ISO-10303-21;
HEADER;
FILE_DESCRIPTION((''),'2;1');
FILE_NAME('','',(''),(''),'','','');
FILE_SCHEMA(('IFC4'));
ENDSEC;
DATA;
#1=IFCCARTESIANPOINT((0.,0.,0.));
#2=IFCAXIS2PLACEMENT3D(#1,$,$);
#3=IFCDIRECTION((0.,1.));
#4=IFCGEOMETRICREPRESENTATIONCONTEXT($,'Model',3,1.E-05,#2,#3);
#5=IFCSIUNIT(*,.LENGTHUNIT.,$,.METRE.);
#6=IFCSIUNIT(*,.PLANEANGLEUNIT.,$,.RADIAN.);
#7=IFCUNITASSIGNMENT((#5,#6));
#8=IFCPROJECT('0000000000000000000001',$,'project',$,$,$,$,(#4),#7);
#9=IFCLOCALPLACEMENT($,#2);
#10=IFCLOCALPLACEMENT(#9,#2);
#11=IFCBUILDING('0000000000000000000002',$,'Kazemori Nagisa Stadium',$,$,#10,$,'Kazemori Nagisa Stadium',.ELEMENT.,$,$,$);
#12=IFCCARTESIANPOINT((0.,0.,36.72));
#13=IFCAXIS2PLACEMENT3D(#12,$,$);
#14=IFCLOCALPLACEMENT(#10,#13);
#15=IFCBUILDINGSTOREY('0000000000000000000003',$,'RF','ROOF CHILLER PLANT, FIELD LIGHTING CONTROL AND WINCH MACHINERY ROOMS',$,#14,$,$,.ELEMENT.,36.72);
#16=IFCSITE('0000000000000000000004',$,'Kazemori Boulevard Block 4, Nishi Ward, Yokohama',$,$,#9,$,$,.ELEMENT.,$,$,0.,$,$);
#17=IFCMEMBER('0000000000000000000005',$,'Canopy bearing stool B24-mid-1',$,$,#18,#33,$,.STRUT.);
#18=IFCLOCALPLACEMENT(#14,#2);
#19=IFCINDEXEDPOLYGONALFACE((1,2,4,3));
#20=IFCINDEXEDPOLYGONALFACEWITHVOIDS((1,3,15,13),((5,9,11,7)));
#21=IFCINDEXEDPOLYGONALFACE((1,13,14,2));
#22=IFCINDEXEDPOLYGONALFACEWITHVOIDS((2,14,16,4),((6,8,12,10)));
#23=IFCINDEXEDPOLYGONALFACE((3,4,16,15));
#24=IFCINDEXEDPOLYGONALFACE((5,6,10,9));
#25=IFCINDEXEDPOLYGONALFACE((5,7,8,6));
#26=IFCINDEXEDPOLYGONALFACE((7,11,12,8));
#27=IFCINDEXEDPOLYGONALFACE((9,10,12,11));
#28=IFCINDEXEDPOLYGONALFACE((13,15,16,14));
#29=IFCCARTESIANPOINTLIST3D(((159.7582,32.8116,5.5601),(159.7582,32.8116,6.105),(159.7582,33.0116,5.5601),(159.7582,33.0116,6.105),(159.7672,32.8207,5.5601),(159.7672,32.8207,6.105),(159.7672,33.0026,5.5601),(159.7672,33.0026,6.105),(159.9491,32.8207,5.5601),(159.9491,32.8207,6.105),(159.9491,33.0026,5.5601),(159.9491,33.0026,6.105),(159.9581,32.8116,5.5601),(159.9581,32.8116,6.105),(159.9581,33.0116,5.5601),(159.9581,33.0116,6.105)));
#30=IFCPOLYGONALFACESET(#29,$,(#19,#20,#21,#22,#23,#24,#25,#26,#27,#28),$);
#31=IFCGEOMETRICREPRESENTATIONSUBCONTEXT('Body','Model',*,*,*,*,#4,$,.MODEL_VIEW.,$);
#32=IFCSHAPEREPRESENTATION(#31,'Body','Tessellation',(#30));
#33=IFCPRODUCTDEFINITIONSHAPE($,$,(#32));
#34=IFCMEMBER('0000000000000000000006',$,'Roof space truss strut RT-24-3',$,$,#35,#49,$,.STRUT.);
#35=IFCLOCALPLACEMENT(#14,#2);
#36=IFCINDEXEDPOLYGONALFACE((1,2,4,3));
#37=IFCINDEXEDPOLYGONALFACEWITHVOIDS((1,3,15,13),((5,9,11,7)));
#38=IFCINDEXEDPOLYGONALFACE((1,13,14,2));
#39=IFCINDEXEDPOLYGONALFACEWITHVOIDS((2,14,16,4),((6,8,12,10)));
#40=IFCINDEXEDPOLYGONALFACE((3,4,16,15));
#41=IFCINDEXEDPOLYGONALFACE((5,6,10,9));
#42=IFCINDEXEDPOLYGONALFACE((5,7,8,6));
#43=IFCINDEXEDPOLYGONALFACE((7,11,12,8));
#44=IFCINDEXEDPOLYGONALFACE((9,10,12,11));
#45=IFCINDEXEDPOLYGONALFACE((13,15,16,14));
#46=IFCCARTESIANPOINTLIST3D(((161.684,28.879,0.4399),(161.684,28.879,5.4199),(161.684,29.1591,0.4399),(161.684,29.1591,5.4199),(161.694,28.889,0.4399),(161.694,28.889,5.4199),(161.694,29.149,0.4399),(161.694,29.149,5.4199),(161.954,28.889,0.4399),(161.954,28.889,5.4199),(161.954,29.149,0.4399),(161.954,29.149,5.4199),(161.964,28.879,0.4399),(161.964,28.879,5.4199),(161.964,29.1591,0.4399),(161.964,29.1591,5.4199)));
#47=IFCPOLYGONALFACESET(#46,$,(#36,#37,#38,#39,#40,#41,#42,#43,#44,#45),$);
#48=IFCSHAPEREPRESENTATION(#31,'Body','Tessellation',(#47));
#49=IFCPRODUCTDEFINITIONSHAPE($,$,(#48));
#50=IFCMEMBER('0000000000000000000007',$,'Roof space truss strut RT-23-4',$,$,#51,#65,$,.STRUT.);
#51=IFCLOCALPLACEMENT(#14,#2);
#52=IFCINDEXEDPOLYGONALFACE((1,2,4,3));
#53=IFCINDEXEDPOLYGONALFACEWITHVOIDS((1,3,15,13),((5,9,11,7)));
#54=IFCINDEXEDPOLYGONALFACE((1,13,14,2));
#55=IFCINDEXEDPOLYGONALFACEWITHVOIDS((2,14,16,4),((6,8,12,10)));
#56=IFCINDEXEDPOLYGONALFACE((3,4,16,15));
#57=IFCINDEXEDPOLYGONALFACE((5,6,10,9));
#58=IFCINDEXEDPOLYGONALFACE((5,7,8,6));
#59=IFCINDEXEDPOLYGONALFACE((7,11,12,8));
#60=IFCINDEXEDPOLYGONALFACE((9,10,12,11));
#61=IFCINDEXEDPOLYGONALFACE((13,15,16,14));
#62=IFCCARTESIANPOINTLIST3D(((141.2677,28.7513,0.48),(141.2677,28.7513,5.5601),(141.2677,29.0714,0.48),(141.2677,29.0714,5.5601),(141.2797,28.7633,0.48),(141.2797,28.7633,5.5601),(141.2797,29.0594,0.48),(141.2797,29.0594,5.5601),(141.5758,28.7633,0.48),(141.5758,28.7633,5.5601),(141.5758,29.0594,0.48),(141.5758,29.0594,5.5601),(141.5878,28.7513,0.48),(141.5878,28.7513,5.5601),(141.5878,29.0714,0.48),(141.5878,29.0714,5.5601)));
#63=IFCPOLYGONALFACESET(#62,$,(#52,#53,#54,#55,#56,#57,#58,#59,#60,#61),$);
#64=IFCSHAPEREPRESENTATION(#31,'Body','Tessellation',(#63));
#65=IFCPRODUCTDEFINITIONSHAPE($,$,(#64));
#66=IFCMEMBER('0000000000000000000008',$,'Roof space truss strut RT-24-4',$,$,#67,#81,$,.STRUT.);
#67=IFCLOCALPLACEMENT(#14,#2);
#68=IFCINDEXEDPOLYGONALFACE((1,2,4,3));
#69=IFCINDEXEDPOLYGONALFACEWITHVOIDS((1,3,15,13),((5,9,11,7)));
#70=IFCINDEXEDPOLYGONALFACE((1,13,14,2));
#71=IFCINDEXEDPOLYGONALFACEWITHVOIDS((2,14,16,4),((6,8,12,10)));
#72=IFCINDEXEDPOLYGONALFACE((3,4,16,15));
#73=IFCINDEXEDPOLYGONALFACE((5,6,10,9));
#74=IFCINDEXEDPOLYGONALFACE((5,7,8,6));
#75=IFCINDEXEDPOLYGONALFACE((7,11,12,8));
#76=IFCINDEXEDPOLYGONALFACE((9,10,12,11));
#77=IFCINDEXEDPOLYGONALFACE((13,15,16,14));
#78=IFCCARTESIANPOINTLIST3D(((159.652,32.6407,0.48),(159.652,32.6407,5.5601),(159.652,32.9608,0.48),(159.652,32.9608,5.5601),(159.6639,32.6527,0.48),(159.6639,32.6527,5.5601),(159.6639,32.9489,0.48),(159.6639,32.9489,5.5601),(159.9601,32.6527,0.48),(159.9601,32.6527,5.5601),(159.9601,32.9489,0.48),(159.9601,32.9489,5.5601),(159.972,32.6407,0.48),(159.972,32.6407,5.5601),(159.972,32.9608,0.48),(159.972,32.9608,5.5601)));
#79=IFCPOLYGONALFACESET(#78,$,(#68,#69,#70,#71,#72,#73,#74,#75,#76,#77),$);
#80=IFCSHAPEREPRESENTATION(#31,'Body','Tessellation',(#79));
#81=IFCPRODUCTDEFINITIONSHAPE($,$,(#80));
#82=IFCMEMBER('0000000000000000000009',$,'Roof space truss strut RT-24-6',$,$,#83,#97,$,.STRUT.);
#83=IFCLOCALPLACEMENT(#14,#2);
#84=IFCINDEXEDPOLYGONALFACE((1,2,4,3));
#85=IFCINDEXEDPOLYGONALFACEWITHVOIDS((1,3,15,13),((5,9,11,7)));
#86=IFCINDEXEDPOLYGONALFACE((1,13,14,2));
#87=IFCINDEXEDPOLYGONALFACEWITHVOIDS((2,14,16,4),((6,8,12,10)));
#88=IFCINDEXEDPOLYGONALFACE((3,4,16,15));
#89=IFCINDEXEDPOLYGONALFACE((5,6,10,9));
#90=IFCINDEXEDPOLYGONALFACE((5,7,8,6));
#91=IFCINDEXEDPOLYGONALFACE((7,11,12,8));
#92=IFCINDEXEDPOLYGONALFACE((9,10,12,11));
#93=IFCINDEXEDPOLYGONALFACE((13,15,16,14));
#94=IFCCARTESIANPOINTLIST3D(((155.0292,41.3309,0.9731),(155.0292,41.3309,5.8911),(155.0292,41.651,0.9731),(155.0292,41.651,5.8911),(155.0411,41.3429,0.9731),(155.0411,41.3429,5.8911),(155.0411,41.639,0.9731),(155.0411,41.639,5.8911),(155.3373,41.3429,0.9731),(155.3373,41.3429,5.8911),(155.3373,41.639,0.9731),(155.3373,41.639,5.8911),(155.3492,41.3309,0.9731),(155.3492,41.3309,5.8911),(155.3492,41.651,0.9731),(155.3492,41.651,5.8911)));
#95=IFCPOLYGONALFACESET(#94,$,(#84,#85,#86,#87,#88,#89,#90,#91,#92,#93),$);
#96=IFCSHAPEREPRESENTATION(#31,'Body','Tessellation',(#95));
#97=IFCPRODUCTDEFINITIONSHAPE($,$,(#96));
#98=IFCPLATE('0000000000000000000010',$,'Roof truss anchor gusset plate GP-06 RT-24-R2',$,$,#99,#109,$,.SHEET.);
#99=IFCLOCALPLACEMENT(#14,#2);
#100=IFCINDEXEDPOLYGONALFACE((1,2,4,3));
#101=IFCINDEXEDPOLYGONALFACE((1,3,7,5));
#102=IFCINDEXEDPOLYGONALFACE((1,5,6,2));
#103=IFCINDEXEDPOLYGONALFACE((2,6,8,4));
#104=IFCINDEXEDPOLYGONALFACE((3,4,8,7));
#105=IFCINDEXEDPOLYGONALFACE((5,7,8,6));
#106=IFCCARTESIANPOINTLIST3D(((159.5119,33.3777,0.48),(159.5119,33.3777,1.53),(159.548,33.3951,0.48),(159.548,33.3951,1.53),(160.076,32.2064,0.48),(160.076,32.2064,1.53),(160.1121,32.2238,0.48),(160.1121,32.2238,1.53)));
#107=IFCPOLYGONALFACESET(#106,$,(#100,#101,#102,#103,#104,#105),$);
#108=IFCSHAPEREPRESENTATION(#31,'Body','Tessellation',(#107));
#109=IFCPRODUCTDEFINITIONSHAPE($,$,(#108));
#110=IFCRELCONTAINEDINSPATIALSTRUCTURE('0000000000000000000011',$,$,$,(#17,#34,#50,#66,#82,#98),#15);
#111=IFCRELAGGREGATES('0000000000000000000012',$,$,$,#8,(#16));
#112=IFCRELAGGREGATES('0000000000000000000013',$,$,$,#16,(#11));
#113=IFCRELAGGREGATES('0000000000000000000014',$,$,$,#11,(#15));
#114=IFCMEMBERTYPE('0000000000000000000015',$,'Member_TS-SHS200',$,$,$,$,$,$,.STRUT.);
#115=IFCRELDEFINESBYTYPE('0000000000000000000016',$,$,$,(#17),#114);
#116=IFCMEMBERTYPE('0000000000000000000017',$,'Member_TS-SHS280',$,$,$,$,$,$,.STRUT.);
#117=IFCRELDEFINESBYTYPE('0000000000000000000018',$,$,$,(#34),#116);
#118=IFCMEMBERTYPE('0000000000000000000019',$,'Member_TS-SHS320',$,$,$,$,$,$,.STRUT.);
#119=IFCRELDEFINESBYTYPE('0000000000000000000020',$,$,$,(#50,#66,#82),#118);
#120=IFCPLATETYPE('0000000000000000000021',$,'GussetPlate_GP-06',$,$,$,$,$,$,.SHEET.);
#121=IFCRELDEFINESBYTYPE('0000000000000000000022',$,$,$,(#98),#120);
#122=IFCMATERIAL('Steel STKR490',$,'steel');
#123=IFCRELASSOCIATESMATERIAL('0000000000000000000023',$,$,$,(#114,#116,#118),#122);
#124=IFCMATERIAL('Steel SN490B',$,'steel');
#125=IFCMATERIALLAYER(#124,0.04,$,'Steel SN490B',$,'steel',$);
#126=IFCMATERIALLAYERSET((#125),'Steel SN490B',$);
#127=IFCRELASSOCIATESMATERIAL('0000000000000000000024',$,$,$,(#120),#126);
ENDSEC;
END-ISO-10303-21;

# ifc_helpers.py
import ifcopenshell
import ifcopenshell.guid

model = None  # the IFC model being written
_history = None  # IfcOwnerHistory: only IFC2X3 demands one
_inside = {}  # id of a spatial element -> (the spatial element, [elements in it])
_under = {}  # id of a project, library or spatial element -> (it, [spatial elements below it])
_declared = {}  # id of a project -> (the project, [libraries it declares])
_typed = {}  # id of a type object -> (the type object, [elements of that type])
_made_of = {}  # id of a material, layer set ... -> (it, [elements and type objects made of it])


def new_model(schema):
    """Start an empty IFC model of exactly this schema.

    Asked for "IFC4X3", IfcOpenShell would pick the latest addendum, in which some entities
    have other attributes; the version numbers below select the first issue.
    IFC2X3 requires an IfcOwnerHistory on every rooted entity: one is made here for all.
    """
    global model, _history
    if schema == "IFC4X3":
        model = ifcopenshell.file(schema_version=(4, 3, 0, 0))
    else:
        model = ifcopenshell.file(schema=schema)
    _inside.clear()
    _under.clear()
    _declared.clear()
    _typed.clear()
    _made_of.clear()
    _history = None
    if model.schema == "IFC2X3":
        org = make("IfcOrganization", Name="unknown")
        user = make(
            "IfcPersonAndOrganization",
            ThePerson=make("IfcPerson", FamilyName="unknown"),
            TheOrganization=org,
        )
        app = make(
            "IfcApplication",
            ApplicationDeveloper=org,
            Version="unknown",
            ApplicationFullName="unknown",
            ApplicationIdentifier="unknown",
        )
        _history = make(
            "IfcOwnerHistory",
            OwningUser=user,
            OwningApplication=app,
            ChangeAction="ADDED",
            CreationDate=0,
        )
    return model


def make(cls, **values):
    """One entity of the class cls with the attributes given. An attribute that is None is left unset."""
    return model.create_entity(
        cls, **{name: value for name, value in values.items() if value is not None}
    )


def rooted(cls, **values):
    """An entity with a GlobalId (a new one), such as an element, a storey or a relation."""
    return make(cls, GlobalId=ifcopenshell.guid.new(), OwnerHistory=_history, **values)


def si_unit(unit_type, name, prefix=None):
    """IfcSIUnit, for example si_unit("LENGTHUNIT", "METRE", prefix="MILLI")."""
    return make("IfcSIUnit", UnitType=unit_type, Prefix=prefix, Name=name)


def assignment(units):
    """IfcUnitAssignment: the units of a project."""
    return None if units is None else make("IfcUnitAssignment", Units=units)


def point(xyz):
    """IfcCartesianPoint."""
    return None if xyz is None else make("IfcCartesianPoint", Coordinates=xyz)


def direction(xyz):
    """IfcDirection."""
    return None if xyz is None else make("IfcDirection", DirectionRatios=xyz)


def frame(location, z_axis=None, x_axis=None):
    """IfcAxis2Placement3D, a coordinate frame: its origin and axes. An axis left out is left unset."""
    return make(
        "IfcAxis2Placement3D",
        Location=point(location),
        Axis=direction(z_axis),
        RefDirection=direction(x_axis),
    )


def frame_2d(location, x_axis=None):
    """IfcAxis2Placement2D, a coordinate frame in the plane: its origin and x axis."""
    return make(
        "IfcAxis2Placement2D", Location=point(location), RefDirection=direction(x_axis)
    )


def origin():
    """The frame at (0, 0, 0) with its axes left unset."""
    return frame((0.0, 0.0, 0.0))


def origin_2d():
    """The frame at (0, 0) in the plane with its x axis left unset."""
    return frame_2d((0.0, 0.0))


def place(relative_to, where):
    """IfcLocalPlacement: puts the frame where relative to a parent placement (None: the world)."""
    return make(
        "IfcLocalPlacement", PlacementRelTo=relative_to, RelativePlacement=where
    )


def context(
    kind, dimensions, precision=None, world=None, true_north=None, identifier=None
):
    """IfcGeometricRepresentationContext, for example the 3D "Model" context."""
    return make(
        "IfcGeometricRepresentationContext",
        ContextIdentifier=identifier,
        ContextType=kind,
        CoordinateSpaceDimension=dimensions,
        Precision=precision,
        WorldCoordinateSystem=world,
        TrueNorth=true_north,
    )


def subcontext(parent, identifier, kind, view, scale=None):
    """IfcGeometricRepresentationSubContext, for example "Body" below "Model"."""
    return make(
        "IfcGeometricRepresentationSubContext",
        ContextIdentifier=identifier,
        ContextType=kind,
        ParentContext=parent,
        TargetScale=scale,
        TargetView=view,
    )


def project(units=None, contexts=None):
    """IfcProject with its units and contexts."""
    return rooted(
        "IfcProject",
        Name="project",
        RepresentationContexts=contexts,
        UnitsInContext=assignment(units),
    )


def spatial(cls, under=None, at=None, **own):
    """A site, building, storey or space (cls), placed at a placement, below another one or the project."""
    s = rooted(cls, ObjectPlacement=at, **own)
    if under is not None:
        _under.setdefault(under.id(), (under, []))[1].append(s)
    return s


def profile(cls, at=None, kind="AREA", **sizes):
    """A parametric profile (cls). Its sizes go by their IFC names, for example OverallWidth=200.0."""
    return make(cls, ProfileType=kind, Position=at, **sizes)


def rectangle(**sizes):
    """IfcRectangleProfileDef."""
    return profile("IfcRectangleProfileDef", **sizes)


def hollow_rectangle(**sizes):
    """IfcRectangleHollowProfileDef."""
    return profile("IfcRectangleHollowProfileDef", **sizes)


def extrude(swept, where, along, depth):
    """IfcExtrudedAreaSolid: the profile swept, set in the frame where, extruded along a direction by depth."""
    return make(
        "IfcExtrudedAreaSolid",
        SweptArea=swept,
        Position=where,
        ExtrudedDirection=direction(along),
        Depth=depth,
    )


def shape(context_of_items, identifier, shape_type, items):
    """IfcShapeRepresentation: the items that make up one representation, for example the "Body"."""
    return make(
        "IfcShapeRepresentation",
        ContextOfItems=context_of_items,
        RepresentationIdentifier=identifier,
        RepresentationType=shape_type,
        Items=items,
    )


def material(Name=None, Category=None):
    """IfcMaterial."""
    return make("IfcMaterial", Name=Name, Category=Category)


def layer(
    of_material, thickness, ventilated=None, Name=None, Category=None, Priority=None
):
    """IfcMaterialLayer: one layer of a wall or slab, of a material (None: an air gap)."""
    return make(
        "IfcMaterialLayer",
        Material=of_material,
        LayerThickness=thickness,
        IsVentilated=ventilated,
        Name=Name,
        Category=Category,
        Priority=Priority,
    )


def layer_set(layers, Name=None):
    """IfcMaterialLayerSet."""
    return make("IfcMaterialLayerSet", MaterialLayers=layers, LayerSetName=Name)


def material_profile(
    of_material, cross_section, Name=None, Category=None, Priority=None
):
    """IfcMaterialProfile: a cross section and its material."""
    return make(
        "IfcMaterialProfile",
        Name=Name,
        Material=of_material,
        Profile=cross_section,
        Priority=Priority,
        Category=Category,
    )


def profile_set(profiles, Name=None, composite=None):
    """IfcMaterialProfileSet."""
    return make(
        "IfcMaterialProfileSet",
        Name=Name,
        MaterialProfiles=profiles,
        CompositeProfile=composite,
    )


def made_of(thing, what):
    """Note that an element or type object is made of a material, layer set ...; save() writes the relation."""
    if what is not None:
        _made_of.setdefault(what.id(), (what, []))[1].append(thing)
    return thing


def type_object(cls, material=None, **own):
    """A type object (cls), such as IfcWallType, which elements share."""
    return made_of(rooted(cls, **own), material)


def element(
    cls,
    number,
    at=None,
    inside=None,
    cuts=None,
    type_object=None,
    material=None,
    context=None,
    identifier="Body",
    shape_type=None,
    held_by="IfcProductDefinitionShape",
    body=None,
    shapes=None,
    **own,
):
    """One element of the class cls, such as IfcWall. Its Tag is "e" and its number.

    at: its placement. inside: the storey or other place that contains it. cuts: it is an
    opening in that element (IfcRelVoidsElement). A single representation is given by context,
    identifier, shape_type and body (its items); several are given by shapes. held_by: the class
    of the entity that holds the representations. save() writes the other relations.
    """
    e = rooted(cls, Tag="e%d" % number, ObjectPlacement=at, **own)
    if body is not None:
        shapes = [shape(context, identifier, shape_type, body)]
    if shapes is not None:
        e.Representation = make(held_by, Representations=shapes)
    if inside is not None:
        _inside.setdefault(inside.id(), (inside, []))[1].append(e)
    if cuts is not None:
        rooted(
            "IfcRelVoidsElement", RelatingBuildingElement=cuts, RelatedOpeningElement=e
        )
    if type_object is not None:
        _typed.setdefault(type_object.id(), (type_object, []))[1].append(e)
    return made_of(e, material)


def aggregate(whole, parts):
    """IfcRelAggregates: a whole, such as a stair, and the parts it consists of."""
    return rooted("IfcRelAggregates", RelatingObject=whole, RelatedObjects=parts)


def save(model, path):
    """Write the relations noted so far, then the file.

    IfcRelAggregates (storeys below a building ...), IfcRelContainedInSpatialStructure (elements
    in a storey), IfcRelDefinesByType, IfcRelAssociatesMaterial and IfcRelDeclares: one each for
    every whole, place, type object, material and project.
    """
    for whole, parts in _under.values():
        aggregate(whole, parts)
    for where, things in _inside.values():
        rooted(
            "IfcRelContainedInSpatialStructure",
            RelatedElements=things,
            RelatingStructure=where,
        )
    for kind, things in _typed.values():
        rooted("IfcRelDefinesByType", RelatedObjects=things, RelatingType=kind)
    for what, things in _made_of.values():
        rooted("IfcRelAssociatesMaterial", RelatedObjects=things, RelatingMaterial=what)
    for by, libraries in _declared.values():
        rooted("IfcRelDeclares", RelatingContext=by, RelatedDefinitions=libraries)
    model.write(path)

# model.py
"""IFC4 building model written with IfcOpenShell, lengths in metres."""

from ifc_helpers import new_model, si_unit, direction, frame, origin, origin_2d, place, context, subcontext, project, spatial, rectangle, hollow_rectangle, extrude, material, layer, layer_set, material_profile, profile_set, type_object, element, save


model = new_model("IFC4")

# Units and contexts
model_context = context("Model", 3, precision=1e-05, world=origin(), true_north=direction((0.0, 1.0)))
body_context = subcontext(model_context, "Body", "Model", "MODEL_VIEW")
ifc_project = project(units=[si_unit("LENGTHUNIT", "METRE"), si_unit("PLANEANGLEUNIT", "RADIAN")], contexts=[model_context])

# Site, building, storey
site_placement = place(None, origin())
site = spatial("IfcSite", under=ifc_project, at=site_placement, Name="Kazemori Boulevard Block 4, Nishi Ward, Yokohama", CompositionType="ELEMENT", RefElevation=0.0)
building_placement = place(site_placement, origin())
building = spatial("IfcBuilding", under=site, at=building_placement, Name="Kazemori Nagisa Stadium", LongName="Kazemori Nagisa Stadium", CompositionType="ELEMENT")
storey_placement = place(building_placement, frame((0.0, 0.0, 36.72)))
storey = spatial("IfcBuildingStorey", under=building, at=storey_placement, Name="RF", Description="ROOF CHILLER PLANT, FIELD LIGHTING CONTROL AND WINCH MACHINERY ROOMS", CompositionType="ELEMENT", Elevation=36.72)

# Shared definitions
ifc_material_1 = material(Name="Steel SN490B", Category="steel")

# Members
ifc_material_2 = material(Name="Steel STKR490", Category="steel")
ifc_material_profile_1 = material_profile(ifc_material_2, hollow_rectangle(XDim=0.2, YDim=0.2, WallThickness=0.009, at=origin_2d()), Name="SHS-200x200x9")
ifc_profile_set_1 = profile_set([ifc_material_profile_1], Name="Steel STKR490")
member_type_1 = type_object("IfcMemberType", Name="Member_TS-SHS200", PredefinedType="STRUT", material=ifc_profile_set_1)
member_1_placement = place(storey_placement, frame((159.8582, 32.9116, 5.5601), z_axis=(0.0, 0.0, 1.0), x_axis=(1.0, 0.0, 0.0)))
element("IfcMember", 1, at=member_1_placement, inside=storey, type_object=member_type_1, Name="Canopy bearing stool B24-mid-1", PredefinedType="STRUT", context=body_context, shape_type="SweptSolid", body=[
    extrude(hollow_rectangle(XDim=0.2, YDim=0.2, WallThickness=0.009, at=origin_2d()), origin(), (0.0, 0.0, 1.0), 0.5449),
])
ifc_material_profile_2 = material_profile(ifc_material_2, hollow_rectangle(XDim=0.28, YDim=0.28, WallThickness=0.01, at=origin_2d()), Name="SHS-280x280x10")
ifc_profile_set_2 = profile_set([ifc_material_profile_2], Name="Steel STKR490")
member_type_2 = type_object("IfcMemberType", Name="Member_TS-SHS280", PredefinedType="STRUT", material=ifc_profile_set_2)
member_2_placement = place(storey_placement, frame((161.824, 29.019, 0.4399), z_axis=(0.0, 0.0, 1.0), x_axis=(1.0, 0.0, 0.0)))
element("IfcMember", 2, at=member_2_placement, inside=storey, type_object=member_type_2, Name="Roof space truss strut RT-24-3", PredefinedType="STRUT", context=body_context, shape_type="SweptSolid", body=[
    extrude(hollow_rectangle(XDim=0.28, YDim=0.28, WallThickness=0.01, at=origin_2d()), origin(), (0.0, 0.0, 1.0), 4.98),
])
ifc_material_profile_3 = material_profile(ifc_material_2, hollow_rectangle(XDim=0.3201, YDim=0.3201, WallThickness=0.012, at=origin_2d()), Name="SHS-320x320x12")
ifc_profile_set_3 = profile_set([ifc_material_profile_3], Name="Steel STKR490")
member_type_3 = type_object("IfcMemberType", Name="Member_TS-SHS320", PredefinedType="STRUT", material=ifc_profile_set_3)
for number, where, z_axis, x_axis, name in (
    (3, (141.4277, 28.9114, 0.48), (0.0, 0.0, 1.0), (1.0, 0.0, 0.0), "Roof space truss strut RT-23-4"),
    (4, (159.812, 32.8008, 0.48), (0.0, 0.0, 1.0), (1.0, 0.0, 0.0), "Roof space truss strut RT-24-4"),
):
    element("IfcMember", number, at=place(storey_placement, frame(where, z_axis=z_axis, x_axis=x_axis)), inside=storey, type_object=member_type_3, Name=name, PredefinedType="STRUT", context=body_context, shape_type="SweptSolid", body=[
        extrude(hollow_rectangle(XDim=0.3201, YDim=0.3201, WallThickness=0.012, at=origin_2d()), origin(), (0.0, 0.0, 1.0), 5.0801),
    ])
member_3_placement = place(storey_placement, frame((155.1892, 41.491, 0.9731), z_axis=(0.0, 0.0, 1.0), x_axis=(1.0, 0.0, 0.0)))
element("IfcMember", 5, at=member_3_placement, inside=storey, type_object=member_type_3, Name="Roof space truss strut RT-24-6", PredefinedType="STRUT", context=body_context, shape_type="SweptSolid", body=[
    extrude(hollow_rectangle(XDim=0.3201, YDim=0.3201, WallThickness=0.012, at=origin_2d()), origin(), (0.0, 0.0, 1.0), 4.918),
])

# Plate
ifc_layer = layer(ifc_material_1, 0.04, Name="Steel SN490B", Category="steel")
ifc_layer_set = layer_set([ifc_layer], Name="Steel SN490B")
plate_type = type_object("IfcPlateType", Name="GussetPlate_GP-06", PredefinedType="SHEET", material=ifc_layer_set)
plate_placement = place(storey_placement, frame((159.812, 32.8008, 0.48), z_axis=(0.0, 0.0, 1.0), x_axis=(0.433884, -0.900969, 0.0)))
element("IfcPlate", 6, at=plate_placement, inside=storey, type_object=plate_type, Name="Roof truss anchor gusset plate GP-06 RT-24-R2", PredefinedType="SHEET", context=body_context, shape_type="SweptSolid", body=[
    extrude(rectangle(XDim=1.3, YDim=0.04, at=origin_2d()), origin(), (0.0, 0.0, 1.0), 1.05),
])

save(model, "model.ifc")
